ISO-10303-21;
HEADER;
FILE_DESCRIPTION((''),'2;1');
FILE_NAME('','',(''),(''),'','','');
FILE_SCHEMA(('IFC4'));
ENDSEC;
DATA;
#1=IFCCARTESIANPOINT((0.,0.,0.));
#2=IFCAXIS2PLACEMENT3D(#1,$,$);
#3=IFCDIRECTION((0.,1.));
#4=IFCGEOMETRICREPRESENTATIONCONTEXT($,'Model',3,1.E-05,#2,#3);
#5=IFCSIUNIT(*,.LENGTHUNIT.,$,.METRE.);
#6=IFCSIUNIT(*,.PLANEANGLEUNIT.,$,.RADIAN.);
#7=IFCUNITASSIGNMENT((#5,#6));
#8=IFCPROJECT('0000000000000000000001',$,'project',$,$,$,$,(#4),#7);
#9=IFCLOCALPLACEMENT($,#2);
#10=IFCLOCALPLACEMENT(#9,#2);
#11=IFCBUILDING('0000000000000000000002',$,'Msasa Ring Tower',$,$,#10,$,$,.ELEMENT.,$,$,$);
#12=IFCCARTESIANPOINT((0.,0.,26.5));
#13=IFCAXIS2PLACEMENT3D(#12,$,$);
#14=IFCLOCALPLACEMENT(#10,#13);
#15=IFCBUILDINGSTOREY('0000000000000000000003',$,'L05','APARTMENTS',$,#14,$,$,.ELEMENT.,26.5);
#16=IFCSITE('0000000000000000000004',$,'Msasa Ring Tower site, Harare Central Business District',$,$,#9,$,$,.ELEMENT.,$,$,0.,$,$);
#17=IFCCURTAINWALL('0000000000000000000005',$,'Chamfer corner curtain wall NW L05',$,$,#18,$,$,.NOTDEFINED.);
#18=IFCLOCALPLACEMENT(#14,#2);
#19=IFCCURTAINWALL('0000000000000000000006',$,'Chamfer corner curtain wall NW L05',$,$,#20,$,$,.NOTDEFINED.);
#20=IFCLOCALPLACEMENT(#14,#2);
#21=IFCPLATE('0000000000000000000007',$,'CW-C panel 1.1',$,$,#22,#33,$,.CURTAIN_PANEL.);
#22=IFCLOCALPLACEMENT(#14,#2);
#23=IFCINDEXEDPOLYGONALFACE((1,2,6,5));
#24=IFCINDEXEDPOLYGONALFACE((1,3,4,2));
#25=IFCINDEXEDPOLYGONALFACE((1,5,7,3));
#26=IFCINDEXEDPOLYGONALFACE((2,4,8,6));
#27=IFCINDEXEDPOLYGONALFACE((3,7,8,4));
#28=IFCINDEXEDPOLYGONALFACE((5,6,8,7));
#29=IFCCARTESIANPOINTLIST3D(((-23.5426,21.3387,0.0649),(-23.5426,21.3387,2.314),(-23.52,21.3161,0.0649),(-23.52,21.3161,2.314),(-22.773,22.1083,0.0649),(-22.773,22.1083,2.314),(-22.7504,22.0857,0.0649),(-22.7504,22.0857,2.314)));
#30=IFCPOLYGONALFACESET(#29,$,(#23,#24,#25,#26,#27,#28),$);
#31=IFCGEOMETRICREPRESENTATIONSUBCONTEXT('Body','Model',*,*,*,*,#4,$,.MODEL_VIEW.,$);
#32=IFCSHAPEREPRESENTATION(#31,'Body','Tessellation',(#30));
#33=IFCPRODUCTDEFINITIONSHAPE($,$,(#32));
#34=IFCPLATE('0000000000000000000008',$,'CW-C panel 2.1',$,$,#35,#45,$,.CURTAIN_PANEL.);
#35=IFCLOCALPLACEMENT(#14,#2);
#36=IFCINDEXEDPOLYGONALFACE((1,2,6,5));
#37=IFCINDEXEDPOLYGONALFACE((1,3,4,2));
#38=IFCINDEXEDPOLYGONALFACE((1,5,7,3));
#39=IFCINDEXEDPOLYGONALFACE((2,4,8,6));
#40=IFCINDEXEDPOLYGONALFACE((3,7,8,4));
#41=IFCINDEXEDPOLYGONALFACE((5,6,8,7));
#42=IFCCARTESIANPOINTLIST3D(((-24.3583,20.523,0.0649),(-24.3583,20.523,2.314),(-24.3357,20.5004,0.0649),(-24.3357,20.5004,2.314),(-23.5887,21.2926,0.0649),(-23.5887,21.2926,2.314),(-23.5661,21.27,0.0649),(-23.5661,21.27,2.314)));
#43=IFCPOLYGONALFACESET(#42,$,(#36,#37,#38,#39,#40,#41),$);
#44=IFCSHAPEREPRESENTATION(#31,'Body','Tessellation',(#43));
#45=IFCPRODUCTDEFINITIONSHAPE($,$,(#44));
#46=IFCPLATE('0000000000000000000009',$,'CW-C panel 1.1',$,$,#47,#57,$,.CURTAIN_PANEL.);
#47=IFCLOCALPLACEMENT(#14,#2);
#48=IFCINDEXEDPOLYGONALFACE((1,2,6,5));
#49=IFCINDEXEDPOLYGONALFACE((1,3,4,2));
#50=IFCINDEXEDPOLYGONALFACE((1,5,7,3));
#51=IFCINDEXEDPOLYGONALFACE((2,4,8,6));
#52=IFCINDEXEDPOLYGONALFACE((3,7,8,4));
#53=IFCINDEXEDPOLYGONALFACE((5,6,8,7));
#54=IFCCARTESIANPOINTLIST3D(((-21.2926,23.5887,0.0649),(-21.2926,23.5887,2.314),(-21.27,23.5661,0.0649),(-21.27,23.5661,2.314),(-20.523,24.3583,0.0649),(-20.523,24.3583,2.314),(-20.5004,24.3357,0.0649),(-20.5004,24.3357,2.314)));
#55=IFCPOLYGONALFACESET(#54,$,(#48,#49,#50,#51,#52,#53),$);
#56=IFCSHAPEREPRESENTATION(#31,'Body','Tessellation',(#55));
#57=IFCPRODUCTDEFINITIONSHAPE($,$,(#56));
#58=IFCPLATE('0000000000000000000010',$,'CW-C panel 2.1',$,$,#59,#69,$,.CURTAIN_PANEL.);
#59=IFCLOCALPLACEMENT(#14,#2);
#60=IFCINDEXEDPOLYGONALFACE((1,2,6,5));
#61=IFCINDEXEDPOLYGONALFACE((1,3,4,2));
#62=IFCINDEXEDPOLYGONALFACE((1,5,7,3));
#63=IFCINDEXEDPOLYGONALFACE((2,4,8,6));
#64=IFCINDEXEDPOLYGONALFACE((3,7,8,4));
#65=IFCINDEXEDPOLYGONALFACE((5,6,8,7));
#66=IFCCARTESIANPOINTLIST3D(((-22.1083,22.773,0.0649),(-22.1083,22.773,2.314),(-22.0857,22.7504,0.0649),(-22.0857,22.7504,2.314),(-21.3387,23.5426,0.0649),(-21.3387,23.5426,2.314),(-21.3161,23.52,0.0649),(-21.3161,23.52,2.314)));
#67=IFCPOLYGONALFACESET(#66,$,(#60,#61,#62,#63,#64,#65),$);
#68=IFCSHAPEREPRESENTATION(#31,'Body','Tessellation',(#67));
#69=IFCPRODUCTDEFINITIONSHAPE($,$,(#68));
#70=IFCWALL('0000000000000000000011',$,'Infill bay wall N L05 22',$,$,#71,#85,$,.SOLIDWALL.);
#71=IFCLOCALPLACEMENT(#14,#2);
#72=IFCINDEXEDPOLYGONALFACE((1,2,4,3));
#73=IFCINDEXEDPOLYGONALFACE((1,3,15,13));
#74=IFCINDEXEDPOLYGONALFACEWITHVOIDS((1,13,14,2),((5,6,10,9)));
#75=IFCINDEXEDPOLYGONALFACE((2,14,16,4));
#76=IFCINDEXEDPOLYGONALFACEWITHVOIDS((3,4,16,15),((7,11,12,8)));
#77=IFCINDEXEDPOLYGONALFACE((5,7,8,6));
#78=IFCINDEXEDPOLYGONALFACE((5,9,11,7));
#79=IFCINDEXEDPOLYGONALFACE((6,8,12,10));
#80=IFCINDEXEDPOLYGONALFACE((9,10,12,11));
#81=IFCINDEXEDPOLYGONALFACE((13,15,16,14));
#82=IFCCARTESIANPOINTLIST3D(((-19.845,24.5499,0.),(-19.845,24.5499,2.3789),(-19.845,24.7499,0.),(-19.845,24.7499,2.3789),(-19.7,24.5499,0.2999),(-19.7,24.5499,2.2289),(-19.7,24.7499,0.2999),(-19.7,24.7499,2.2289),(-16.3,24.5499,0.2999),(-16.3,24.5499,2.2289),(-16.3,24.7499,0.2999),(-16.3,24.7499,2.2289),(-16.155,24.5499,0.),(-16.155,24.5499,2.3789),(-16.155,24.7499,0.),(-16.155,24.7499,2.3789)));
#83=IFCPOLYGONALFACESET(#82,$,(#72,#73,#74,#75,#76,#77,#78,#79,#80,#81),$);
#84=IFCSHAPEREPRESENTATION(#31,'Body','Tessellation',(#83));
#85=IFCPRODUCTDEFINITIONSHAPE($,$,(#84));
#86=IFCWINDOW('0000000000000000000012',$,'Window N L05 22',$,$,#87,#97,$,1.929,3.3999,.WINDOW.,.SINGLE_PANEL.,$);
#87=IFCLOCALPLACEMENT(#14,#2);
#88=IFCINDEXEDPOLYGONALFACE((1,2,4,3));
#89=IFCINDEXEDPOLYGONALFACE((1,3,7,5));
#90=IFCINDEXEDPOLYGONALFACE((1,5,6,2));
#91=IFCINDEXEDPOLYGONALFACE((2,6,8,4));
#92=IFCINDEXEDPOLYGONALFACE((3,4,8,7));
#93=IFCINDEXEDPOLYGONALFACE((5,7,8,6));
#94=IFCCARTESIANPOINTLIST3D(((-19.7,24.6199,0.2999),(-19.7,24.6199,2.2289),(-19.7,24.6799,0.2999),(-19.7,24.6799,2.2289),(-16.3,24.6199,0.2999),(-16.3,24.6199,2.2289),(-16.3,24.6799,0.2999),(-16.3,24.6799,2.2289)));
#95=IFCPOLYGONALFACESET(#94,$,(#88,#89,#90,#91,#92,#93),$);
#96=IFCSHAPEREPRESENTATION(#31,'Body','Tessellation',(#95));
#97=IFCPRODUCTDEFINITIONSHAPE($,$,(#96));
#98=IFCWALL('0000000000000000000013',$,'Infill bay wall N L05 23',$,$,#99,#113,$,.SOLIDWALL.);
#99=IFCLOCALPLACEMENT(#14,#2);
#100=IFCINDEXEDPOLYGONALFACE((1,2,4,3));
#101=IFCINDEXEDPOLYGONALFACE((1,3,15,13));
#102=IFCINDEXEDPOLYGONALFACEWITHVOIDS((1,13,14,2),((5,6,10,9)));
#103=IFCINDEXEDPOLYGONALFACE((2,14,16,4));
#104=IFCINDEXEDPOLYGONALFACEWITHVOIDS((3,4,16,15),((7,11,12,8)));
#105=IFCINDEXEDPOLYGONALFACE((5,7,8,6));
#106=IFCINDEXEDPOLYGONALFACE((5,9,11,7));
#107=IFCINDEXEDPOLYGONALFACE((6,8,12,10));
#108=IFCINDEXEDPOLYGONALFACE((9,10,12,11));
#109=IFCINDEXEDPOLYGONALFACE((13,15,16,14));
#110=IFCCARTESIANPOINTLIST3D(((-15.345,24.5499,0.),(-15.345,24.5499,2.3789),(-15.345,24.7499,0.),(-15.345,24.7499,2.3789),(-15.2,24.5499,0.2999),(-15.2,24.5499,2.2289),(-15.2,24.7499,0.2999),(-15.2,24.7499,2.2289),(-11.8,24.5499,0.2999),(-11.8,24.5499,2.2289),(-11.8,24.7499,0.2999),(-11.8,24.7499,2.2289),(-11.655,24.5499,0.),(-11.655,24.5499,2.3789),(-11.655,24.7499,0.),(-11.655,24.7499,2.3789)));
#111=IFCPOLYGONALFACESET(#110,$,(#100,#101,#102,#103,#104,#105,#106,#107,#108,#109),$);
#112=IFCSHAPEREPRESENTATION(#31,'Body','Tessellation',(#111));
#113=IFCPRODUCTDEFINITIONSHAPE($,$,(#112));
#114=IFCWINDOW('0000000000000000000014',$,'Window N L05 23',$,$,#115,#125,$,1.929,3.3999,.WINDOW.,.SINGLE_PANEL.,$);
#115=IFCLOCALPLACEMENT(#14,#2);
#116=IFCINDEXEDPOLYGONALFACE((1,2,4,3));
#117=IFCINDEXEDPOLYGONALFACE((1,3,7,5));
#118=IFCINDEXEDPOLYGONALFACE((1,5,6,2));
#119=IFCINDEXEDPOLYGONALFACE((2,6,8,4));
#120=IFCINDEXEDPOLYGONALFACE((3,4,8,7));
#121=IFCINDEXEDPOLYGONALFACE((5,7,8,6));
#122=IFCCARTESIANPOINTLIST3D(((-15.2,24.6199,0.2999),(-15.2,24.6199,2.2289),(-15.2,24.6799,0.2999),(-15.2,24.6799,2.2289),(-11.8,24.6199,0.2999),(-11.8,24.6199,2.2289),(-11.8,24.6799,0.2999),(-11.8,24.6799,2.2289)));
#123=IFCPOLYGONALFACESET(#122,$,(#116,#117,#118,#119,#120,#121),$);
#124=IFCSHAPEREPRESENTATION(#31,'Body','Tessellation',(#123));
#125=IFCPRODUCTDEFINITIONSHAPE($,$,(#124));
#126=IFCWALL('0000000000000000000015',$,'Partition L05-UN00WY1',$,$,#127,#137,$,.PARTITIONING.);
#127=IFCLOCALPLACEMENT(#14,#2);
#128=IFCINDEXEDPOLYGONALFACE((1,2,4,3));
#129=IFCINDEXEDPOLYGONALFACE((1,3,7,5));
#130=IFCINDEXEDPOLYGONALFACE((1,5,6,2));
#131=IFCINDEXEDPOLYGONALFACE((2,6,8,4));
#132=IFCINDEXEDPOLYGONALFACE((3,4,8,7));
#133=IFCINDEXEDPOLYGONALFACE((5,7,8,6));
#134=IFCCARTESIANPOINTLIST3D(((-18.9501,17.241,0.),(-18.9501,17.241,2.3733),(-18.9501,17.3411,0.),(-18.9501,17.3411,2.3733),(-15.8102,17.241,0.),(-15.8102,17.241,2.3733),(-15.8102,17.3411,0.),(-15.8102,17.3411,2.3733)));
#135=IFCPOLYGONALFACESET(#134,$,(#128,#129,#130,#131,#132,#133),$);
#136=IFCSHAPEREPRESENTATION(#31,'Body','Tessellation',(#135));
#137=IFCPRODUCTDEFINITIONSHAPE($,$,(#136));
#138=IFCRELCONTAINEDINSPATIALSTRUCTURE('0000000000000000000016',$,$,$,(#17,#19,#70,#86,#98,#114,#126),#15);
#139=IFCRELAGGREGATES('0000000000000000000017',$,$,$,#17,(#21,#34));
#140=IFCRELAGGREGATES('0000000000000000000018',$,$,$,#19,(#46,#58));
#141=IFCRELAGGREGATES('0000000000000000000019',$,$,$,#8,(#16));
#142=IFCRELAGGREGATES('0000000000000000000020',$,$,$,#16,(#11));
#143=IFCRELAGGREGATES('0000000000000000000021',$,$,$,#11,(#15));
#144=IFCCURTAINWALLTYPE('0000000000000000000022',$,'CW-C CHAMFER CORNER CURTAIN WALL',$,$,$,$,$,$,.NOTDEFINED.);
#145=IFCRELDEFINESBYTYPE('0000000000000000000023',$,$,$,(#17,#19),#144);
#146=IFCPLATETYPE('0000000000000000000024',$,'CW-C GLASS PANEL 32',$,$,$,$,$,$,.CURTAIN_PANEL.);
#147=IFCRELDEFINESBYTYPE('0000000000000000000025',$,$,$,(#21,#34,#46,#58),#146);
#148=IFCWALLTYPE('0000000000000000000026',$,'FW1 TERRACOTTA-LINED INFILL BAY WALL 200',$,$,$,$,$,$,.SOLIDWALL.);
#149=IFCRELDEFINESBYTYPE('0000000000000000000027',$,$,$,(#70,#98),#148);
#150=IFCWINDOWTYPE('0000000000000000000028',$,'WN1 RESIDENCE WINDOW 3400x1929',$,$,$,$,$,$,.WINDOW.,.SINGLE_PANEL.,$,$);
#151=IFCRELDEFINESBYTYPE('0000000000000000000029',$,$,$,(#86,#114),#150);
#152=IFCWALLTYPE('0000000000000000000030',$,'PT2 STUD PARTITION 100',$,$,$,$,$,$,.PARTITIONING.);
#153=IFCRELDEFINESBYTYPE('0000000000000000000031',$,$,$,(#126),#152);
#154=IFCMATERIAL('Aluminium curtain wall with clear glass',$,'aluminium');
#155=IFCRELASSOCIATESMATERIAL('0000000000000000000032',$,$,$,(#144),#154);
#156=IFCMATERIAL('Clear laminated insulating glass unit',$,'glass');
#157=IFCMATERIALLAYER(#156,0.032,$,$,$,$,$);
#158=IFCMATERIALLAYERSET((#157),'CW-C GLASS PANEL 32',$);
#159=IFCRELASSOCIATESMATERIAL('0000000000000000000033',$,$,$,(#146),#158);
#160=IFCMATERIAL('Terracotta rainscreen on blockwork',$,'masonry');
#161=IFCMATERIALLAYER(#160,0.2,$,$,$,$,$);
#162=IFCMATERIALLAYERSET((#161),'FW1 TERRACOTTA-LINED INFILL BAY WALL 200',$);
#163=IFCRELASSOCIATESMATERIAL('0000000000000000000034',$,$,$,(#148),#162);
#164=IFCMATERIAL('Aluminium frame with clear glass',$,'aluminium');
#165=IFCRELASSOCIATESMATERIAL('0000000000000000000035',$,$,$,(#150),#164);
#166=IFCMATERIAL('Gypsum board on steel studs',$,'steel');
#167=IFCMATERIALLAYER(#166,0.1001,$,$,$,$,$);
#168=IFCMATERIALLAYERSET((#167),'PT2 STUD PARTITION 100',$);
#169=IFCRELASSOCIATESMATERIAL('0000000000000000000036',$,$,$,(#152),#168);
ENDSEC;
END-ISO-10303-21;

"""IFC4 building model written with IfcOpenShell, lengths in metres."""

from ifc_helpers import new_model, si_unit, direction, frame, frame_2d, origin, origin_2d, place, context, subcontext, project, spatial, rectangle, extrude, material, layer, layer_set, type_object, element, fill, aggregate, save


model = new_model("IFC4")

# Units and contexts
model_context = context("Model", 3, precision=1e-05, world=origin(), true_north=direction((0.0, 1.0)))
body_context = subcontext(model_context, "Body", "Model", "MODEL_VIEW")
ifc_project = project(units=[si_unit("LENGTHUNIT", "METRE"), si_unit("PLANEANGLEUNIT", "RADIAN")], contexts=[model_context])

# Site, building, storey
site_placement = place(None, origin())
site = spatial("IfcSite", under=ifc_project, at=site_placement, Name="Msasa Ring Tower site, Harare Central Business District", CompositionType="ELEMENT", RefElevation=0.0)
building_placement = place(site_placement, origin())
building = spatial("IfcBuilding", under=site, at=building_placement, Name="Msasa Ring Tower", CompositionType="ELEMENT")
storey_placement = place(building_placement, frame((0.0, 0.0, 26.5)))
storey = spatial("IfcBuildingStorey", under=building, at=storey_placement, Name="L05", Description="APARTMENTS", CompositionType="ELEMENT", Elevation=26.5)

# Curtain walls
ifc_material_1 = material(Name="Aluminium curtain wall with clear glass", Category="aluminium")
curtain_wall_type = type_object("IfcCurtainWallType", Name="CW-C CHAMFER CORNER CURTAIN WALL", PredefinedType="NOTDEFINED", material=ifc_material_1)
curtain_wall_1_placement = place(storey_placement, origin())
curtain_wall_1 = element("IfcCurtainWall", 1, at=curtain_wall_1_placement, inside=storey, type_object=curtain_wall_type, Name="Chamfer corner curtain wall NW L05", PredefinedType="NOTDEFINED")
curtain_wall_2_placement = place(storey_placement, origin())
curtain_wall_2 = element("IfcCurtainWall", 2, at=curtain_wall_2_placement, inside=storey, type_object=curtain_wall_type, Name="Chamfer corner curtain wall NW L05", PredefinedType="NOTDEFINED")

# Plates
ifc_material_2 = material(Name="Clear laminated insulating glass unit", Category="glass")
ifc_layer_1 = layer(ifc_material_2, 0.032)
ifc_layer_set_1 = layer_set([ifc_layer_1], Name="CW-C GLASS PANEL 32")
plate_type = type_object("IfcPlateType", Name="CW-C GLASS PANEL 32", PredefinedType="CURTAIN_PANEL", material=ifc_layer_set_1)
plate_1_placement = place(storey_placement, frame((-23.1465, 21.7122, 0.0649), z_axis=(0.0, 0.0, 1.0), x_axis=(-0.707107, -0.707107, 0.0)))
plate_1 = element("IfcPlate", 3, at=plate_1_placement, type_object=plate_type, Name="CW-C panel 1.1", PredefinedType="CURTAIN_PANEL", context=body_context, shape_type="SweptSolid", body=[
    extrude(rectangle(XDim=1.0884, YDim=0.032, at=origin_2d()), origin(), (0.0, 0.0, 1.0), 2.249),
])
plate_2_placement = place(storey_placement, frame((-23.9622, 20.8965, 0.0649), z_axis=(0.0, 0.0, 1.0), x_axis=(-0.707107, -0.707107, 0.0)))
plate_2 = element("IfcPlate", 4, at=plate_2_placement, type_object=plate_type, Name="CW-C panel 2.1", PredefinedType="CURTAIN_PANEL", context=body_context, shape_type="SweptSolid", body=[
    extrude(rectangle(XDim=1.0884, YDim=0.032, at=origin_2d()), origin(), (0.0, 0.0, 1.0), 2.249),
])
aggregate(curtain_wall_1, [plate_1, plate_2])
plate_3_placement = place(storey_placement, frame((-20.8965, 23.9622, 0.0649), z_axis=(0.0, 0.0, 1.0), x_axis=(-0.707107, -0.707107, 0.0)))
plate_3 = element("IfcPlate", 5, at=plate_3_placement, type_object=plate_type, Name="CW-C panel 1.1", PredefinedType="CURTAIN_PANEL", context=body_context, shape_type="SweptSolid", body=[
    extrude(rectangle(XDim=1.0884, YDim=0.032, at=origin_2d()), origin(), (0.0, 0.0, 1.0), 2.249),
])
plate_4_placement = place(storey_placement, frame((-21.7122, 23.1465, 0.0649), z_axis=(0.0, 0.0, 1.0), x_axis=(-0.707107, -0.707107, 0.0)))
plate_4 = element("IfcPlate", 6, at=plate_4_placement, type_object=plate_type, Name="CW-C panel 2.1", PredefinedType="CURTAIN_PANEL", context=body_context, shape_type="SweptSolid", body=[
    extrude(rectangle(XDim=1.0884, YDim=0.032, at=origin_2d()), origin(), (0.0, 0.0, 1.0), 2.249),
])
aggregate(curtain_wall_2, [plate_3, plate_4])

# Walls, openings, windows
ifc_material_3 = material(Name="Terracotta rainscreen on blockwork", Category="masonry")
ifc_layer_2 = layer(ifc_material_3, 0.2)
ifc_layer_set_2 = layer_set([ifc_layer_2], Name="FW1 TERRACOTTA-LINED INFILL BAY WALL 200")
wall_type_1 = type_object("IfcWallType", Name="FW1 TERRACOTTA-LINED INFILL BAY WALL 200", PredefinedType="SOLIDWALL", material=ifc_layer_set_2)
wall_1_placement = place(storey_placement, frame((-19.845, 24.6499, 0.0), z_axis=(0.0, 0.0, 1.0), x_axis=(1.0, 0.0, 0.0)))
wall_1 = element("IfcWall", 7, at=wall_1_placement, inside=storey, type_object=wall_type_1, Name="Infill bay wall N L05 22", PredefinedType="SOLIDWALL", context=body_context, shape_type="SweptSolid", body=[
    extrude(rectangle(XDim=3.6899, YDim=0.2, at=frame_2d((1.845, 0.0))), origin(), (0.0, 0.0, 1.0), 2.3789),
])
opening_1_placement = place(wall_1_placement, frame((0.145, 0.0, 0.3)))
opening_1 = element("IfcOpeningElement", 8, at=opening_1_placement, cuts=wall_1, PredefinedType="OPENING", context=body_context, shape_type="SweptSolid", body=[
    extrude(rectangle(XDim=3.3999, YDim=1.929, at=frame_2d((1.7, 0.9644))), frame((0.0, 0.1099, 0.0), z_axis=(0.0, -1.0, 0.0), x_axis=(1.0, 0.0, 0.0)), (0.0, 0.0, 1.0), 0.22),
])
ifc_material_4 = material(Name="Aluminium frame with clear glass", Category="aluminium")
window_type = type_object("IfcWindowType", Name="WN1 RESIDENCE WINDOW 3400x1929", PartitioningType="SINGLE_PANEL", PredefinedType="WINDOW", material=ifc_material_4)
window_1_placement = place(opening_1_placement, origin())
window_1 = element("IfcWindow", 9, at=window_1_placement, inside=storey, type_object=window_type, Name="Window N L05 22", OverallHeight=1.929, OverallWidth=3.3999, PartitioningType="SINGLE_PANEL", PredefinedType="WINDOW", context=body_context, shape_type="SweptSolid", body=[
    extrude(rectangle(XDim=3.3999, YDim=1.929, at=frame_2d((1.7, 0.9644))), frame((0.0, 0.03, 0.0), z_axis=(0.0, -1.0, 0.0), x_axis=(1.0, 0.0, 0.0)), (0.0, 0.0, 1.0), 0.0601),
])
fill(opening_1, window_1)
wall_2_placement = place(storey_placement, frame((-15.345, 24.6499, 0.0), z_axis=(0.0, 0.0, 1.0), x_axis=(1.0, 0.0, 0.0)))
wall_2 = element("IfcWall", 10, at=wall_2_placement, inside=storey, type_object=wall_type_1, Name="Infill bay wall N L05 23", PredefinedType="SOLIDWALL", context=body_context, shape_type="SweptSolid", body=[
    extrude(rectangle(XDim=3.6899, YDim=0.2, at=frame_2d((1.845, 0.0))), origin(), (0.0, 0.0, 1.0), 2.3789),
])
opening_2_placement = place(wall_2_placement, frame((0.145, 0.0, 0.3)))
opening_2 = element("IfcOpeningElement", 11, at=opening_2_placement, cuts=wall_2, PredefinedType="OPENING", context=body_context, shape_type="SweptSolid", body=[
    extrude(rectangle(XDim=3.3999, YDim=1.929, at=frame_2d((1.7, 0.9644))), frame((0.0, 0.1099, 0.0), z_axis=(0.0, -1.0, 0.0), x_axis=(1.0, 0.0, 0.0)), (0.0, 0.0, 1.0), 0.22),
])
window_2_placement = place(opening_2_placement, origin())
window_2 = element("IfcWindow", 12, at=window_2_placement, inside=storey, type_object=window_type, Name="Window N L05 23", OverallHeight=1.929, OverallWidth=3.3999, PartitioningType="SINGLE_PANEL", PredefinedType="WINDOW", context=body_context, shape_type="SweptSolid", body=[
    extrude(rectangle(XDim=3.3999, YDim=1.929, at=frame_2d((1.7, 0.9644))), frame((0.0, 0.03, 0.0), z_axis=(0.0, -1.0, 0.0), x_axis=(1.0, 0.0, 0.0)), (0.0, 0.0, 1.0), 0.0601),
])
fill(opening_2, window_2)

# Wall
ifc_material_5 = material(Name="Gypsum board on steel studs", Category="steel")
ifc_layer_3 = layer(ifc_material_5, 0.1001)
ifc_layer_set_3 = layer_set([ifc_layer_3], Name="PT2 STUD PARTITION 100")
wall_type_2 = type_object("IfcWallType", Name="PT2 STUD PARTITION 100", PredefinedType="PARTITIONING", material=ifc_layer_set_3)
wall_3_placement = place(storey_placement, frame((-18.95, 17.291, 0.0), z_axis=(0.0, 0.0, 1.0), x_axis=(1.0, 0.0, 0.0)))
element("IfcWall", 13, at=wall_3_placement, inside=storey, type_object=wall_type_2, Name="Partition L05-UN00WY1", PredefinedType="PARTITIONING", context=body_context, shape_type="SweptSolid", body=[
    extrude(rectangle(XDim=3.1399, YDim=0.1001, at=frame_2d((1.5698, 0.0))), origin(), (0.0, 0.0, 1.0), 2.3733),
])

save(model, "model.ifc")
